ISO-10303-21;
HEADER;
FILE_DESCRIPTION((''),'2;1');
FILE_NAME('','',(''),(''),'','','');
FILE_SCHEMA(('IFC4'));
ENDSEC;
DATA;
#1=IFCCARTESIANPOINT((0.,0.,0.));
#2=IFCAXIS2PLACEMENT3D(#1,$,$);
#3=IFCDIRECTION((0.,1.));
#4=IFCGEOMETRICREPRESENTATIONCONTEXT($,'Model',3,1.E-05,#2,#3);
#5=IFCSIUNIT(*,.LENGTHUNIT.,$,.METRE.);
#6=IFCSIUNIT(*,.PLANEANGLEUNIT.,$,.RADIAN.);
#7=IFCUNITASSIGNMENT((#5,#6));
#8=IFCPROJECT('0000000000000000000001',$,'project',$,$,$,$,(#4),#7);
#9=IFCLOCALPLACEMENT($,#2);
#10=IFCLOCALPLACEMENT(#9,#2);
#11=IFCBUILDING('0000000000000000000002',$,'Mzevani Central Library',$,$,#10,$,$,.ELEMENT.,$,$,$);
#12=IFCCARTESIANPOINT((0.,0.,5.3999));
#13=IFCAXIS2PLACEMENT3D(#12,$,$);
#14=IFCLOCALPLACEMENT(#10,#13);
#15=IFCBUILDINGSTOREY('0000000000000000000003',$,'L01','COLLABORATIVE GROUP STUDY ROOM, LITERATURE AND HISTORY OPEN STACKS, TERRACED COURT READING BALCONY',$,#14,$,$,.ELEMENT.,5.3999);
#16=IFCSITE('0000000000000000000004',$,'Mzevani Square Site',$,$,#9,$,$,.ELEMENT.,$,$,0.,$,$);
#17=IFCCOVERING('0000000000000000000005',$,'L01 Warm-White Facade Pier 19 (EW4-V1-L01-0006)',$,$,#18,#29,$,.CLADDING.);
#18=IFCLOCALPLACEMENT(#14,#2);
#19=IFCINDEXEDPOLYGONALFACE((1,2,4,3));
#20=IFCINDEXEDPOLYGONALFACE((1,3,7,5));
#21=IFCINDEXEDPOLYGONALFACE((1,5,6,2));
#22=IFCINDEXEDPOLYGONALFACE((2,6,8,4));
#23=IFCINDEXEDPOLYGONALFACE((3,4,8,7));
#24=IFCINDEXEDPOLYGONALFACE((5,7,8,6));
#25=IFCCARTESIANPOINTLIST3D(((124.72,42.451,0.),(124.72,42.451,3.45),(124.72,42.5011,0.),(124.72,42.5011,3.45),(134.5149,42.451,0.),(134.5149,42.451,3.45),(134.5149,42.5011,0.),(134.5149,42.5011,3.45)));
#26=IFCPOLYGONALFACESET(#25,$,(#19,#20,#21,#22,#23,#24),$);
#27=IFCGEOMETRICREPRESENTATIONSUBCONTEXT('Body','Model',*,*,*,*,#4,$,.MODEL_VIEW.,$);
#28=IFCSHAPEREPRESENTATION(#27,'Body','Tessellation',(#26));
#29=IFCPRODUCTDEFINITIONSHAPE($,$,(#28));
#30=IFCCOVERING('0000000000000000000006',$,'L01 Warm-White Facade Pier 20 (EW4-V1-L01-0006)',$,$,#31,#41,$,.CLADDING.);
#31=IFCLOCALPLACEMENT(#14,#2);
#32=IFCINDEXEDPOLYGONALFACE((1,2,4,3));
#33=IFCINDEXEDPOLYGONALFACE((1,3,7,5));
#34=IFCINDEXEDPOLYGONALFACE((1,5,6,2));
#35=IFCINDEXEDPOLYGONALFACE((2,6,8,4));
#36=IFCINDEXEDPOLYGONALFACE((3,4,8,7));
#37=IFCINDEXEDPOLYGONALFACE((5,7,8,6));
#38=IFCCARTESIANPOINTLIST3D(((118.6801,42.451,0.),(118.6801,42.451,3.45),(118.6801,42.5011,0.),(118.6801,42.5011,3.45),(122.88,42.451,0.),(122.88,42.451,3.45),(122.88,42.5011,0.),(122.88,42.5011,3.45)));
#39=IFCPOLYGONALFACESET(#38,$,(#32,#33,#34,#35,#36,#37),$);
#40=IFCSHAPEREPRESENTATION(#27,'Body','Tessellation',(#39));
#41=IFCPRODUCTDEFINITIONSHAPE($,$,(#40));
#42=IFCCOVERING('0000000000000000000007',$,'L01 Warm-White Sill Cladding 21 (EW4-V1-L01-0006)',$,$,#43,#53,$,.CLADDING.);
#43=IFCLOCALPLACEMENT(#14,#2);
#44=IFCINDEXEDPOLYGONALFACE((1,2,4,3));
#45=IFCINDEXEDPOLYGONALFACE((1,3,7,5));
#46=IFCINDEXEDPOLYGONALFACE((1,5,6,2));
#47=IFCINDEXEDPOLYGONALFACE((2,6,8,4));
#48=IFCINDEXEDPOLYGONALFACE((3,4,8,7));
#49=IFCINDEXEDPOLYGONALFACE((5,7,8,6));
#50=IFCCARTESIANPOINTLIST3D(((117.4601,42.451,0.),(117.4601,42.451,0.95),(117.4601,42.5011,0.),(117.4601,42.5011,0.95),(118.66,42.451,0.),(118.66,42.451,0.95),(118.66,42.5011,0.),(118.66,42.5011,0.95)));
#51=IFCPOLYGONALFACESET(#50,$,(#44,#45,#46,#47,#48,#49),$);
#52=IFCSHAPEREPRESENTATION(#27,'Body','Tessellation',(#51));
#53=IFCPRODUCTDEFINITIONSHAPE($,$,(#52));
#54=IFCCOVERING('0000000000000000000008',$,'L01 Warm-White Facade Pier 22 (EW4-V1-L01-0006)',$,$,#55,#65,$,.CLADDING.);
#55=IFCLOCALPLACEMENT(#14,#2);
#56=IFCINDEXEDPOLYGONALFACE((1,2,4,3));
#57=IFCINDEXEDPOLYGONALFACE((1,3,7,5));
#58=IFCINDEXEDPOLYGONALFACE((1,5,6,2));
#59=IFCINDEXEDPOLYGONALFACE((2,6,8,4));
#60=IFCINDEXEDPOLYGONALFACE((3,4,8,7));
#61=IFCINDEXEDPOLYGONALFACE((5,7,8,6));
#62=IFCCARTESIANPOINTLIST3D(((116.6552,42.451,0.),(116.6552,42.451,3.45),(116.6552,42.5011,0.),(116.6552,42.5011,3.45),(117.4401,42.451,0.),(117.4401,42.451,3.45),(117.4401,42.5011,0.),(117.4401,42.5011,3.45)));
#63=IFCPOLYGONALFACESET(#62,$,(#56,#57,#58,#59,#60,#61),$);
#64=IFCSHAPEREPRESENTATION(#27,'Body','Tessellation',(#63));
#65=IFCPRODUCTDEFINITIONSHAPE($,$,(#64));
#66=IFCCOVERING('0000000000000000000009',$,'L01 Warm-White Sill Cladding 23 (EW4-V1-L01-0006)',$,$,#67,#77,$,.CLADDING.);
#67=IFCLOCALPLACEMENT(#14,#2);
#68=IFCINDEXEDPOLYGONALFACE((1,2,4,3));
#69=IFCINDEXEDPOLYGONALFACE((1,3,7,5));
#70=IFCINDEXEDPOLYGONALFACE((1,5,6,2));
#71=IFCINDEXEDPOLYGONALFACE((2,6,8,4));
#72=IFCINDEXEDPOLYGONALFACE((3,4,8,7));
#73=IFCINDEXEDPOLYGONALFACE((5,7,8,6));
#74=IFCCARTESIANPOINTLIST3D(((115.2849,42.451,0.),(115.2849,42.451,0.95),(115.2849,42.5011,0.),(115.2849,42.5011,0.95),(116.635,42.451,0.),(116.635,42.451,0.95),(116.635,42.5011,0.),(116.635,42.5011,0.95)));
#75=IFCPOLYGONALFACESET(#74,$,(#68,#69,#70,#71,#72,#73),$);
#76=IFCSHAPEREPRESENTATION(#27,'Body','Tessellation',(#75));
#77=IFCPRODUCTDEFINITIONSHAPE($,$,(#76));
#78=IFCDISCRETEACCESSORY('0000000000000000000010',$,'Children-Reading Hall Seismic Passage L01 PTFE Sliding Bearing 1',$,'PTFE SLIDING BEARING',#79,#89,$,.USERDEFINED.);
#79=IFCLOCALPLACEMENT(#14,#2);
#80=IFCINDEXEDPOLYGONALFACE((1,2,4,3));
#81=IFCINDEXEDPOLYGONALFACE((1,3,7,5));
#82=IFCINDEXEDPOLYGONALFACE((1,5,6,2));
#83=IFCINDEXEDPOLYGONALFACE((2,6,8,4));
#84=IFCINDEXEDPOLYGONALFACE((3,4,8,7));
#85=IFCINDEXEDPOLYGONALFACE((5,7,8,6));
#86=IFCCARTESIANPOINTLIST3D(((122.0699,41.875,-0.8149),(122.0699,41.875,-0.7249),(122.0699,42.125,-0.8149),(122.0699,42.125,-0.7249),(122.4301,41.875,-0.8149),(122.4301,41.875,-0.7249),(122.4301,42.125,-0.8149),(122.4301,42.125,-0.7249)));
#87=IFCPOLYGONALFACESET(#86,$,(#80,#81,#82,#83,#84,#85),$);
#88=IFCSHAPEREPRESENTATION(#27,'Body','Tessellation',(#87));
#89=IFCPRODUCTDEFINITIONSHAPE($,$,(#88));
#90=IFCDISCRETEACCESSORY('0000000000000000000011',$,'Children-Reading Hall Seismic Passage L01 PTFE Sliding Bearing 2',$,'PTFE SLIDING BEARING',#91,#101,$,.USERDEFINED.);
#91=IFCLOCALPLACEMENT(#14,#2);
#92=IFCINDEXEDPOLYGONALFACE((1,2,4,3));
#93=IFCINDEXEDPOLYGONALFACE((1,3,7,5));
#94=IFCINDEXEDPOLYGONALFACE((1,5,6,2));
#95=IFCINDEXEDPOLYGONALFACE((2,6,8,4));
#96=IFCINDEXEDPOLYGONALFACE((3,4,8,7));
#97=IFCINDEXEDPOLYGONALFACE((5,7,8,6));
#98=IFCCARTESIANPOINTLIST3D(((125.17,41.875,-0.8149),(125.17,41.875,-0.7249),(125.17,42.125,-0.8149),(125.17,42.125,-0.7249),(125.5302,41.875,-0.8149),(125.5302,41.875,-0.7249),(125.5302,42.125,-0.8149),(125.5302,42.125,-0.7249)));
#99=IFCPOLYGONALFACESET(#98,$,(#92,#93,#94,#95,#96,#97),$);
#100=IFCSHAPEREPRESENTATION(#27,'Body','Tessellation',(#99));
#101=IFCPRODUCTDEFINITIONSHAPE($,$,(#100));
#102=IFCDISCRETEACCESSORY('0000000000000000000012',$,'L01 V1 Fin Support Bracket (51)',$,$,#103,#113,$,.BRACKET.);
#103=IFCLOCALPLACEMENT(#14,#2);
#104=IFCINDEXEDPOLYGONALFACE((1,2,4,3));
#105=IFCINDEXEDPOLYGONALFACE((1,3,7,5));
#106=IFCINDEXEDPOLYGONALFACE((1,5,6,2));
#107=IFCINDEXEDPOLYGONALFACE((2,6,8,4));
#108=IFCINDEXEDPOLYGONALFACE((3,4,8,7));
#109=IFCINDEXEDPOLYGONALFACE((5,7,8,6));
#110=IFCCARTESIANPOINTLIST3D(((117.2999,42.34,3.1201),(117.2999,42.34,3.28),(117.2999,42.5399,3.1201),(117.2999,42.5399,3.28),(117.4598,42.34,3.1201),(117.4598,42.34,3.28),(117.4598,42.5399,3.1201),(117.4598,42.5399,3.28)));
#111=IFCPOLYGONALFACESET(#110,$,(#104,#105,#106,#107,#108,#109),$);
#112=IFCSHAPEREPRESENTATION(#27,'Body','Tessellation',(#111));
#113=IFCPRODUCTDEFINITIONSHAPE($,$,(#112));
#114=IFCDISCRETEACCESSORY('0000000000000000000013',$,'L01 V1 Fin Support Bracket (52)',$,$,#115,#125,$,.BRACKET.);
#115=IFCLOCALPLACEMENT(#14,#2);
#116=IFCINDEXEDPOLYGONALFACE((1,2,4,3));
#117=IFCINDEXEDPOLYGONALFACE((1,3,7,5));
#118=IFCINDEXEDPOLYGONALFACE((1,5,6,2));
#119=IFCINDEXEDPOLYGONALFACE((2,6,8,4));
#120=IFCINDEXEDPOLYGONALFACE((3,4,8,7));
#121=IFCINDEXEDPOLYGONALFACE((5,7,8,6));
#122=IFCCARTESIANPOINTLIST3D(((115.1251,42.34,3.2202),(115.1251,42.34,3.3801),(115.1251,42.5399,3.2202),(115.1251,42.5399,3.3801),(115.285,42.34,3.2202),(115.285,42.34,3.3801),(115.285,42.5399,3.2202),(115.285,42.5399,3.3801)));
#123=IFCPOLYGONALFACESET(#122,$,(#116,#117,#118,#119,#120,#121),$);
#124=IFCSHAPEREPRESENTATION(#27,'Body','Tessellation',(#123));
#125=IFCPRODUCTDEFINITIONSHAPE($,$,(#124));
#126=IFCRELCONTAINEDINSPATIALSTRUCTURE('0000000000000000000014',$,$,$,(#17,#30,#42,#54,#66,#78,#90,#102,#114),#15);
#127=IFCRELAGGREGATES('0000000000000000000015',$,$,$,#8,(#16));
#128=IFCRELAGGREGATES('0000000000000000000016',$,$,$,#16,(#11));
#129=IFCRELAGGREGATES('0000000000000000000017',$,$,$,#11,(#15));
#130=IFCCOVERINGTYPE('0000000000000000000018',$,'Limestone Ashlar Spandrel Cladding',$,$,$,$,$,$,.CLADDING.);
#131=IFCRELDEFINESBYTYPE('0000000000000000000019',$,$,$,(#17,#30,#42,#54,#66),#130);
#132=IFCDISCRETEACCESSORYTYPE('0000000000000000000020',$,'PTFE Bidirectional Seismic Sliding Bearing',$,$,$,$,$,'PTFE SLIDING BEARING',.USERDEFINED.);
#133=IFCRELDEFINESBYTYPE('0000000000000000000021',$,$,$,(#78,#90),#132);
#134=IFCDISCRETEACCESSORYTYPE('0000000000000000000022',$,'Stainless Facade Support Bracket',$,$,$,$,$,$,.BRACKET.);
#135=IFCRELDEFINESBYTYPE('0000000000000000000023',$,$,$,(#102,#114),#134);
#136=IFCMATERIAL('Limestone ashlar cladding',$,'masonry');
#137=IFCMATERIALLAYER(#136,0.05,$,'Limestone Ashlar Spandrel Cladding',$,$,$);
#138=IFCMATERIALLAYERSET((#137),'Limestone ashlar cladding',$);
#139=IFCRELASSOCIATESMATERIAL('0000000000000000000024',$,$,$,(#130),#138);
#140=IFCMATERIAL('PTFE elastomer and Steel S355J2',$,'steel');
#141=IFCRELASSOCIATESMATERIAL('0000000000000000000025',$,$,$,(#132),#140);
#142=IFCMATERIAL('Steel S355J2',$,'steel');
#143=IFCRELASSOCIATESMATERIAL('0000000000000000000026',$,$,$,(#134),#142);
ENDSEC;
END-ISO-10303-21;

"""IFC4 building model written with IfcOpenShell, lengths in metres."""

from ifc_helpers import new_model, si_unit, direction, frame, origin, origin_2d, place, context, subcontext, project, spatial, rectangle, extrude, material, layer, layer_set, type_object, element, save


model = new_model("IFC4")

# Units and contexts
model_context = context("Model", 3, precision=1e-05, world=origin(), true_north=direction((0.0, 1.0)))
body_context = subcontext(model_context, "Body", "Model", "MODEL_VIEW")
ifc_project = project(units=[si_unit("LENGTHUNIT", "METRE"), si_unit("PLANEANGLEUNIT", "RADIAN")], contexts=[model_context])

# Site, building, storey
site_placement = place(None, origin())
site = spatial("IfcSite", under=ifc_project, at=site_placement, Name="Mzevani Square Site", CompositionType="ELEMENT", RefElevation=0.0)
building_placement = place(site_placement, origin())
building = spatial("IfcBuilding", under=site, at=building_placement, Name="Mzevani Central Library", CompositionType="ELEMENT")
storey_placement = place(building_placement, frame((0.0, 0.0, 5.3999)))
storey = spatial("IfcBuildingStorey", under=building, at=storey_placement, Name="L01", Description="COLLABORATIVE GROUP STUDY ROOM, LITERATURE AND HISTORY OPEN STACKS, TERRACED COURT READING BALCONY", CompositionType="ELEMENT", Elevation=5.3999)

# Shared definitions
ifc_material_1 = material(Name="Steel S355J2", Category="steel")

# Coverings
ifc_material_2 = material(Name="Limestone ashlar cladding", Category="masonry")
ifc_layer_1 = layer(ifc_material_2, 0.05, Name="Limestone Ashlar Spandrel Cladding")
ifc_layer_set_1 = layer_set([ifc_layer_1], Name="Limestone ashlar cladding")
covering_type = type_object("IfcCoveringType", Name="Limestone Ashlar Spandrel Cladding", PredefinedType="CLADDING", material=ifc_layer_set_1)
covering_1_placement = place(storey_placement, frame((129.6174, 42.4761, 0.0), z_axis=(0.0, 0.0, 1.0), x_axis=(-1.0, 0.0, 0.0)))
element("IfcCovering", 1, at=covering_1_placement, inside=storey, type_object=covering_type, Name="L01 Warm-White Facade Pier 19 (EW4-V1-L01-0006)", PredefinedType="CLADDING", context=body_context, shape_type="SweptSolid", body=[
    extrude(rectangle(XDim=9.7949, YDim=0.05, at=origin_2d()), origin(), (0.0, 0.0, 1.0), 3.45),
])
covering_2_placement = place(storey_placement, frame((120.78, 42.4761, 0.0), z_axis=(0.0, 0.0, 1.0), x_axis=(-1.0, 0.0, 0.0)))
element("IfcCovering", 2, at=covering_2_placement, inside=storey, type_object=covering_type, Name="L01 Warm-White Facade Pier 20 (EW4-V1-L01-0006)", PredefinedType="CLADDING", context=body_context, shape_type="SweptSolid", body=[
    extrude(rectangle(XDim=4.2, YDim=0.05, at=origin_2d()), origin(), (0.0, 0.0, 1.0), 3.45),
])
covering_3_placement = place(storey_placement, frame((118.0601, 42.4761, 0.0), z_axis=(0.0, 0.0, 1.0), x_axis=(-1.0, 0.0, 0.0)))
element("IfcCovering", 3, at=covering_3_placement, inside=storey, type_object=covering_type, Name="L01 Warm-White Sill Cladding 21 (EW4-V1-L01-0006)", PredefinedType="CLADDING", context=body_context, shape_type="SweptSolid", body=[
    extrude(rectangle(XDim=1.2, YDim=0.05, at=origin_2d()), origin(), (0.0, 0.0, 1.0), 0.95),
])
covering_4_placement = place(storey_placement, frame((117.0476, 42.4761, 0.0), z_axis=(0.0, 0.0, 1.0), x_axis=(-1.0, 0.0, 0.0)))
element("IfcCovering", 4, at=covering_4_placement, inside=storey, type_object=covering_type, Name="L01 Warm-White Facade Pier 22 (EW4-V1-L01-0006)", PredefinedType="CLADDING", context=body_context, shape_type="SweptSolid", body=[
    extrude(rectangle(XDim=0.7849, YDim=0.05, at=origin_2d()), origin(), (0.0, 0.0, 1.0), 3.45),
])
covering_5_placement = place(storey_placement, frame((115.96, 42.4761, 0.0), z_axis=(0.0, 0.0, 1.0), x_axis=(-1.0, 0.0, 0.0)))
element("IfcCovering", 5, at=covering_5_placement, inside=storey, type_object=covering_type, Name="L01 Warm-White Sill Cladding 23 (EW4-V1-L01-0006)", PredefinedType="CLADDING", context=body_context, shape_type="SweptSolid", body=[
    extrude(rectangle(XDim=1.3501, YDim=0.05, at=origin_2d()), origin(), (0.0, 0.0, 1.0), 0.95),
])

# Discrete accessories
ifc_material_3 = material(Name="PTFE elastomer and Steel S355J2", Category="steel")
discrete_accessory_type_1 = type_object("IfcDiscreteAccessoryType", Name="PTFE Bidirectional Seismic Sliding Bearing", ElementType="PTFE SLIDING BEARING", PredefinedType="USERDEFINED", material=ifc_material_3)
for number, where, z_axis, x_axis, name in (
    (6, (122.25, 42.0, -0.8149), (0.0, 0.0, 1.0), (1.0, 0.0, 0.0), "Children-Reading Hall Seismic Passage L01 PTFE Sliding Bearing 1"),
    (7, (125.3501, 42.0, -0.8149), (0.0, 0.0, 1.0), (1.0, 0.0, 0.0), "Children-Reading Hall Seismic Passage L01 PTFE Sliding Bearing 2"),
):
    element("IfcDiscreteAccessory", number, at=place(storey_placement, frame(where, z_axis=z_axis, x_axis=x_axis)), inside=storey, type_object=discrete_accessory_type_1, Name=name, ObjectType="PTFE SLIDING BEARING", PredefinedType="USERDEFINED", context=body_context, shape_type="SweptSolid", body=[
        extrude(rectangle(XDim=0.3601, YDim=0.25, at=origin_2d()), origin(), (0.0, 0.0, 1.0), 0.0901),
    ])
discrete_accessory_type_2 = type_object("IfcDiscreteAccessoryType", Name="Stainless Facade Support Bracket", PredefinedType="BRACKET", material=ifc_material_1)
for number, where, z_axis, x_axis, name in (
    (8, (117.3799, 42.4399, 3.1201), (0.0, 0.0, 1.0), (-1.0, 0.0, 0.0), "L01 V1 Fin Support Bracket (51)"),
    (9, (115.2051, 42.4399, 3.2202), (0.0, 0.0, 1.0), (-1.0, 0.0, 0.0), "L01 V1 Fin Support Bracket (52)"),
):
    element("IfcDiscreteAccessory", number, at=place(storey_placement, frame(where, z_axis=z_axis, x_axis=x_axis)), inside=storey, type_object=discrete_accessory_type_2, Name=name, PredefinedType="BRACKET", context=body_context, shape_type="SweptSolid", body=[
        extrude(rectangle(XDim=0.1599, YDim=0.2, at=origin_2d()), origin(), (0.0, 0.0, 1.0), 0.1599),
    ])

save(model, "model.ifc")
